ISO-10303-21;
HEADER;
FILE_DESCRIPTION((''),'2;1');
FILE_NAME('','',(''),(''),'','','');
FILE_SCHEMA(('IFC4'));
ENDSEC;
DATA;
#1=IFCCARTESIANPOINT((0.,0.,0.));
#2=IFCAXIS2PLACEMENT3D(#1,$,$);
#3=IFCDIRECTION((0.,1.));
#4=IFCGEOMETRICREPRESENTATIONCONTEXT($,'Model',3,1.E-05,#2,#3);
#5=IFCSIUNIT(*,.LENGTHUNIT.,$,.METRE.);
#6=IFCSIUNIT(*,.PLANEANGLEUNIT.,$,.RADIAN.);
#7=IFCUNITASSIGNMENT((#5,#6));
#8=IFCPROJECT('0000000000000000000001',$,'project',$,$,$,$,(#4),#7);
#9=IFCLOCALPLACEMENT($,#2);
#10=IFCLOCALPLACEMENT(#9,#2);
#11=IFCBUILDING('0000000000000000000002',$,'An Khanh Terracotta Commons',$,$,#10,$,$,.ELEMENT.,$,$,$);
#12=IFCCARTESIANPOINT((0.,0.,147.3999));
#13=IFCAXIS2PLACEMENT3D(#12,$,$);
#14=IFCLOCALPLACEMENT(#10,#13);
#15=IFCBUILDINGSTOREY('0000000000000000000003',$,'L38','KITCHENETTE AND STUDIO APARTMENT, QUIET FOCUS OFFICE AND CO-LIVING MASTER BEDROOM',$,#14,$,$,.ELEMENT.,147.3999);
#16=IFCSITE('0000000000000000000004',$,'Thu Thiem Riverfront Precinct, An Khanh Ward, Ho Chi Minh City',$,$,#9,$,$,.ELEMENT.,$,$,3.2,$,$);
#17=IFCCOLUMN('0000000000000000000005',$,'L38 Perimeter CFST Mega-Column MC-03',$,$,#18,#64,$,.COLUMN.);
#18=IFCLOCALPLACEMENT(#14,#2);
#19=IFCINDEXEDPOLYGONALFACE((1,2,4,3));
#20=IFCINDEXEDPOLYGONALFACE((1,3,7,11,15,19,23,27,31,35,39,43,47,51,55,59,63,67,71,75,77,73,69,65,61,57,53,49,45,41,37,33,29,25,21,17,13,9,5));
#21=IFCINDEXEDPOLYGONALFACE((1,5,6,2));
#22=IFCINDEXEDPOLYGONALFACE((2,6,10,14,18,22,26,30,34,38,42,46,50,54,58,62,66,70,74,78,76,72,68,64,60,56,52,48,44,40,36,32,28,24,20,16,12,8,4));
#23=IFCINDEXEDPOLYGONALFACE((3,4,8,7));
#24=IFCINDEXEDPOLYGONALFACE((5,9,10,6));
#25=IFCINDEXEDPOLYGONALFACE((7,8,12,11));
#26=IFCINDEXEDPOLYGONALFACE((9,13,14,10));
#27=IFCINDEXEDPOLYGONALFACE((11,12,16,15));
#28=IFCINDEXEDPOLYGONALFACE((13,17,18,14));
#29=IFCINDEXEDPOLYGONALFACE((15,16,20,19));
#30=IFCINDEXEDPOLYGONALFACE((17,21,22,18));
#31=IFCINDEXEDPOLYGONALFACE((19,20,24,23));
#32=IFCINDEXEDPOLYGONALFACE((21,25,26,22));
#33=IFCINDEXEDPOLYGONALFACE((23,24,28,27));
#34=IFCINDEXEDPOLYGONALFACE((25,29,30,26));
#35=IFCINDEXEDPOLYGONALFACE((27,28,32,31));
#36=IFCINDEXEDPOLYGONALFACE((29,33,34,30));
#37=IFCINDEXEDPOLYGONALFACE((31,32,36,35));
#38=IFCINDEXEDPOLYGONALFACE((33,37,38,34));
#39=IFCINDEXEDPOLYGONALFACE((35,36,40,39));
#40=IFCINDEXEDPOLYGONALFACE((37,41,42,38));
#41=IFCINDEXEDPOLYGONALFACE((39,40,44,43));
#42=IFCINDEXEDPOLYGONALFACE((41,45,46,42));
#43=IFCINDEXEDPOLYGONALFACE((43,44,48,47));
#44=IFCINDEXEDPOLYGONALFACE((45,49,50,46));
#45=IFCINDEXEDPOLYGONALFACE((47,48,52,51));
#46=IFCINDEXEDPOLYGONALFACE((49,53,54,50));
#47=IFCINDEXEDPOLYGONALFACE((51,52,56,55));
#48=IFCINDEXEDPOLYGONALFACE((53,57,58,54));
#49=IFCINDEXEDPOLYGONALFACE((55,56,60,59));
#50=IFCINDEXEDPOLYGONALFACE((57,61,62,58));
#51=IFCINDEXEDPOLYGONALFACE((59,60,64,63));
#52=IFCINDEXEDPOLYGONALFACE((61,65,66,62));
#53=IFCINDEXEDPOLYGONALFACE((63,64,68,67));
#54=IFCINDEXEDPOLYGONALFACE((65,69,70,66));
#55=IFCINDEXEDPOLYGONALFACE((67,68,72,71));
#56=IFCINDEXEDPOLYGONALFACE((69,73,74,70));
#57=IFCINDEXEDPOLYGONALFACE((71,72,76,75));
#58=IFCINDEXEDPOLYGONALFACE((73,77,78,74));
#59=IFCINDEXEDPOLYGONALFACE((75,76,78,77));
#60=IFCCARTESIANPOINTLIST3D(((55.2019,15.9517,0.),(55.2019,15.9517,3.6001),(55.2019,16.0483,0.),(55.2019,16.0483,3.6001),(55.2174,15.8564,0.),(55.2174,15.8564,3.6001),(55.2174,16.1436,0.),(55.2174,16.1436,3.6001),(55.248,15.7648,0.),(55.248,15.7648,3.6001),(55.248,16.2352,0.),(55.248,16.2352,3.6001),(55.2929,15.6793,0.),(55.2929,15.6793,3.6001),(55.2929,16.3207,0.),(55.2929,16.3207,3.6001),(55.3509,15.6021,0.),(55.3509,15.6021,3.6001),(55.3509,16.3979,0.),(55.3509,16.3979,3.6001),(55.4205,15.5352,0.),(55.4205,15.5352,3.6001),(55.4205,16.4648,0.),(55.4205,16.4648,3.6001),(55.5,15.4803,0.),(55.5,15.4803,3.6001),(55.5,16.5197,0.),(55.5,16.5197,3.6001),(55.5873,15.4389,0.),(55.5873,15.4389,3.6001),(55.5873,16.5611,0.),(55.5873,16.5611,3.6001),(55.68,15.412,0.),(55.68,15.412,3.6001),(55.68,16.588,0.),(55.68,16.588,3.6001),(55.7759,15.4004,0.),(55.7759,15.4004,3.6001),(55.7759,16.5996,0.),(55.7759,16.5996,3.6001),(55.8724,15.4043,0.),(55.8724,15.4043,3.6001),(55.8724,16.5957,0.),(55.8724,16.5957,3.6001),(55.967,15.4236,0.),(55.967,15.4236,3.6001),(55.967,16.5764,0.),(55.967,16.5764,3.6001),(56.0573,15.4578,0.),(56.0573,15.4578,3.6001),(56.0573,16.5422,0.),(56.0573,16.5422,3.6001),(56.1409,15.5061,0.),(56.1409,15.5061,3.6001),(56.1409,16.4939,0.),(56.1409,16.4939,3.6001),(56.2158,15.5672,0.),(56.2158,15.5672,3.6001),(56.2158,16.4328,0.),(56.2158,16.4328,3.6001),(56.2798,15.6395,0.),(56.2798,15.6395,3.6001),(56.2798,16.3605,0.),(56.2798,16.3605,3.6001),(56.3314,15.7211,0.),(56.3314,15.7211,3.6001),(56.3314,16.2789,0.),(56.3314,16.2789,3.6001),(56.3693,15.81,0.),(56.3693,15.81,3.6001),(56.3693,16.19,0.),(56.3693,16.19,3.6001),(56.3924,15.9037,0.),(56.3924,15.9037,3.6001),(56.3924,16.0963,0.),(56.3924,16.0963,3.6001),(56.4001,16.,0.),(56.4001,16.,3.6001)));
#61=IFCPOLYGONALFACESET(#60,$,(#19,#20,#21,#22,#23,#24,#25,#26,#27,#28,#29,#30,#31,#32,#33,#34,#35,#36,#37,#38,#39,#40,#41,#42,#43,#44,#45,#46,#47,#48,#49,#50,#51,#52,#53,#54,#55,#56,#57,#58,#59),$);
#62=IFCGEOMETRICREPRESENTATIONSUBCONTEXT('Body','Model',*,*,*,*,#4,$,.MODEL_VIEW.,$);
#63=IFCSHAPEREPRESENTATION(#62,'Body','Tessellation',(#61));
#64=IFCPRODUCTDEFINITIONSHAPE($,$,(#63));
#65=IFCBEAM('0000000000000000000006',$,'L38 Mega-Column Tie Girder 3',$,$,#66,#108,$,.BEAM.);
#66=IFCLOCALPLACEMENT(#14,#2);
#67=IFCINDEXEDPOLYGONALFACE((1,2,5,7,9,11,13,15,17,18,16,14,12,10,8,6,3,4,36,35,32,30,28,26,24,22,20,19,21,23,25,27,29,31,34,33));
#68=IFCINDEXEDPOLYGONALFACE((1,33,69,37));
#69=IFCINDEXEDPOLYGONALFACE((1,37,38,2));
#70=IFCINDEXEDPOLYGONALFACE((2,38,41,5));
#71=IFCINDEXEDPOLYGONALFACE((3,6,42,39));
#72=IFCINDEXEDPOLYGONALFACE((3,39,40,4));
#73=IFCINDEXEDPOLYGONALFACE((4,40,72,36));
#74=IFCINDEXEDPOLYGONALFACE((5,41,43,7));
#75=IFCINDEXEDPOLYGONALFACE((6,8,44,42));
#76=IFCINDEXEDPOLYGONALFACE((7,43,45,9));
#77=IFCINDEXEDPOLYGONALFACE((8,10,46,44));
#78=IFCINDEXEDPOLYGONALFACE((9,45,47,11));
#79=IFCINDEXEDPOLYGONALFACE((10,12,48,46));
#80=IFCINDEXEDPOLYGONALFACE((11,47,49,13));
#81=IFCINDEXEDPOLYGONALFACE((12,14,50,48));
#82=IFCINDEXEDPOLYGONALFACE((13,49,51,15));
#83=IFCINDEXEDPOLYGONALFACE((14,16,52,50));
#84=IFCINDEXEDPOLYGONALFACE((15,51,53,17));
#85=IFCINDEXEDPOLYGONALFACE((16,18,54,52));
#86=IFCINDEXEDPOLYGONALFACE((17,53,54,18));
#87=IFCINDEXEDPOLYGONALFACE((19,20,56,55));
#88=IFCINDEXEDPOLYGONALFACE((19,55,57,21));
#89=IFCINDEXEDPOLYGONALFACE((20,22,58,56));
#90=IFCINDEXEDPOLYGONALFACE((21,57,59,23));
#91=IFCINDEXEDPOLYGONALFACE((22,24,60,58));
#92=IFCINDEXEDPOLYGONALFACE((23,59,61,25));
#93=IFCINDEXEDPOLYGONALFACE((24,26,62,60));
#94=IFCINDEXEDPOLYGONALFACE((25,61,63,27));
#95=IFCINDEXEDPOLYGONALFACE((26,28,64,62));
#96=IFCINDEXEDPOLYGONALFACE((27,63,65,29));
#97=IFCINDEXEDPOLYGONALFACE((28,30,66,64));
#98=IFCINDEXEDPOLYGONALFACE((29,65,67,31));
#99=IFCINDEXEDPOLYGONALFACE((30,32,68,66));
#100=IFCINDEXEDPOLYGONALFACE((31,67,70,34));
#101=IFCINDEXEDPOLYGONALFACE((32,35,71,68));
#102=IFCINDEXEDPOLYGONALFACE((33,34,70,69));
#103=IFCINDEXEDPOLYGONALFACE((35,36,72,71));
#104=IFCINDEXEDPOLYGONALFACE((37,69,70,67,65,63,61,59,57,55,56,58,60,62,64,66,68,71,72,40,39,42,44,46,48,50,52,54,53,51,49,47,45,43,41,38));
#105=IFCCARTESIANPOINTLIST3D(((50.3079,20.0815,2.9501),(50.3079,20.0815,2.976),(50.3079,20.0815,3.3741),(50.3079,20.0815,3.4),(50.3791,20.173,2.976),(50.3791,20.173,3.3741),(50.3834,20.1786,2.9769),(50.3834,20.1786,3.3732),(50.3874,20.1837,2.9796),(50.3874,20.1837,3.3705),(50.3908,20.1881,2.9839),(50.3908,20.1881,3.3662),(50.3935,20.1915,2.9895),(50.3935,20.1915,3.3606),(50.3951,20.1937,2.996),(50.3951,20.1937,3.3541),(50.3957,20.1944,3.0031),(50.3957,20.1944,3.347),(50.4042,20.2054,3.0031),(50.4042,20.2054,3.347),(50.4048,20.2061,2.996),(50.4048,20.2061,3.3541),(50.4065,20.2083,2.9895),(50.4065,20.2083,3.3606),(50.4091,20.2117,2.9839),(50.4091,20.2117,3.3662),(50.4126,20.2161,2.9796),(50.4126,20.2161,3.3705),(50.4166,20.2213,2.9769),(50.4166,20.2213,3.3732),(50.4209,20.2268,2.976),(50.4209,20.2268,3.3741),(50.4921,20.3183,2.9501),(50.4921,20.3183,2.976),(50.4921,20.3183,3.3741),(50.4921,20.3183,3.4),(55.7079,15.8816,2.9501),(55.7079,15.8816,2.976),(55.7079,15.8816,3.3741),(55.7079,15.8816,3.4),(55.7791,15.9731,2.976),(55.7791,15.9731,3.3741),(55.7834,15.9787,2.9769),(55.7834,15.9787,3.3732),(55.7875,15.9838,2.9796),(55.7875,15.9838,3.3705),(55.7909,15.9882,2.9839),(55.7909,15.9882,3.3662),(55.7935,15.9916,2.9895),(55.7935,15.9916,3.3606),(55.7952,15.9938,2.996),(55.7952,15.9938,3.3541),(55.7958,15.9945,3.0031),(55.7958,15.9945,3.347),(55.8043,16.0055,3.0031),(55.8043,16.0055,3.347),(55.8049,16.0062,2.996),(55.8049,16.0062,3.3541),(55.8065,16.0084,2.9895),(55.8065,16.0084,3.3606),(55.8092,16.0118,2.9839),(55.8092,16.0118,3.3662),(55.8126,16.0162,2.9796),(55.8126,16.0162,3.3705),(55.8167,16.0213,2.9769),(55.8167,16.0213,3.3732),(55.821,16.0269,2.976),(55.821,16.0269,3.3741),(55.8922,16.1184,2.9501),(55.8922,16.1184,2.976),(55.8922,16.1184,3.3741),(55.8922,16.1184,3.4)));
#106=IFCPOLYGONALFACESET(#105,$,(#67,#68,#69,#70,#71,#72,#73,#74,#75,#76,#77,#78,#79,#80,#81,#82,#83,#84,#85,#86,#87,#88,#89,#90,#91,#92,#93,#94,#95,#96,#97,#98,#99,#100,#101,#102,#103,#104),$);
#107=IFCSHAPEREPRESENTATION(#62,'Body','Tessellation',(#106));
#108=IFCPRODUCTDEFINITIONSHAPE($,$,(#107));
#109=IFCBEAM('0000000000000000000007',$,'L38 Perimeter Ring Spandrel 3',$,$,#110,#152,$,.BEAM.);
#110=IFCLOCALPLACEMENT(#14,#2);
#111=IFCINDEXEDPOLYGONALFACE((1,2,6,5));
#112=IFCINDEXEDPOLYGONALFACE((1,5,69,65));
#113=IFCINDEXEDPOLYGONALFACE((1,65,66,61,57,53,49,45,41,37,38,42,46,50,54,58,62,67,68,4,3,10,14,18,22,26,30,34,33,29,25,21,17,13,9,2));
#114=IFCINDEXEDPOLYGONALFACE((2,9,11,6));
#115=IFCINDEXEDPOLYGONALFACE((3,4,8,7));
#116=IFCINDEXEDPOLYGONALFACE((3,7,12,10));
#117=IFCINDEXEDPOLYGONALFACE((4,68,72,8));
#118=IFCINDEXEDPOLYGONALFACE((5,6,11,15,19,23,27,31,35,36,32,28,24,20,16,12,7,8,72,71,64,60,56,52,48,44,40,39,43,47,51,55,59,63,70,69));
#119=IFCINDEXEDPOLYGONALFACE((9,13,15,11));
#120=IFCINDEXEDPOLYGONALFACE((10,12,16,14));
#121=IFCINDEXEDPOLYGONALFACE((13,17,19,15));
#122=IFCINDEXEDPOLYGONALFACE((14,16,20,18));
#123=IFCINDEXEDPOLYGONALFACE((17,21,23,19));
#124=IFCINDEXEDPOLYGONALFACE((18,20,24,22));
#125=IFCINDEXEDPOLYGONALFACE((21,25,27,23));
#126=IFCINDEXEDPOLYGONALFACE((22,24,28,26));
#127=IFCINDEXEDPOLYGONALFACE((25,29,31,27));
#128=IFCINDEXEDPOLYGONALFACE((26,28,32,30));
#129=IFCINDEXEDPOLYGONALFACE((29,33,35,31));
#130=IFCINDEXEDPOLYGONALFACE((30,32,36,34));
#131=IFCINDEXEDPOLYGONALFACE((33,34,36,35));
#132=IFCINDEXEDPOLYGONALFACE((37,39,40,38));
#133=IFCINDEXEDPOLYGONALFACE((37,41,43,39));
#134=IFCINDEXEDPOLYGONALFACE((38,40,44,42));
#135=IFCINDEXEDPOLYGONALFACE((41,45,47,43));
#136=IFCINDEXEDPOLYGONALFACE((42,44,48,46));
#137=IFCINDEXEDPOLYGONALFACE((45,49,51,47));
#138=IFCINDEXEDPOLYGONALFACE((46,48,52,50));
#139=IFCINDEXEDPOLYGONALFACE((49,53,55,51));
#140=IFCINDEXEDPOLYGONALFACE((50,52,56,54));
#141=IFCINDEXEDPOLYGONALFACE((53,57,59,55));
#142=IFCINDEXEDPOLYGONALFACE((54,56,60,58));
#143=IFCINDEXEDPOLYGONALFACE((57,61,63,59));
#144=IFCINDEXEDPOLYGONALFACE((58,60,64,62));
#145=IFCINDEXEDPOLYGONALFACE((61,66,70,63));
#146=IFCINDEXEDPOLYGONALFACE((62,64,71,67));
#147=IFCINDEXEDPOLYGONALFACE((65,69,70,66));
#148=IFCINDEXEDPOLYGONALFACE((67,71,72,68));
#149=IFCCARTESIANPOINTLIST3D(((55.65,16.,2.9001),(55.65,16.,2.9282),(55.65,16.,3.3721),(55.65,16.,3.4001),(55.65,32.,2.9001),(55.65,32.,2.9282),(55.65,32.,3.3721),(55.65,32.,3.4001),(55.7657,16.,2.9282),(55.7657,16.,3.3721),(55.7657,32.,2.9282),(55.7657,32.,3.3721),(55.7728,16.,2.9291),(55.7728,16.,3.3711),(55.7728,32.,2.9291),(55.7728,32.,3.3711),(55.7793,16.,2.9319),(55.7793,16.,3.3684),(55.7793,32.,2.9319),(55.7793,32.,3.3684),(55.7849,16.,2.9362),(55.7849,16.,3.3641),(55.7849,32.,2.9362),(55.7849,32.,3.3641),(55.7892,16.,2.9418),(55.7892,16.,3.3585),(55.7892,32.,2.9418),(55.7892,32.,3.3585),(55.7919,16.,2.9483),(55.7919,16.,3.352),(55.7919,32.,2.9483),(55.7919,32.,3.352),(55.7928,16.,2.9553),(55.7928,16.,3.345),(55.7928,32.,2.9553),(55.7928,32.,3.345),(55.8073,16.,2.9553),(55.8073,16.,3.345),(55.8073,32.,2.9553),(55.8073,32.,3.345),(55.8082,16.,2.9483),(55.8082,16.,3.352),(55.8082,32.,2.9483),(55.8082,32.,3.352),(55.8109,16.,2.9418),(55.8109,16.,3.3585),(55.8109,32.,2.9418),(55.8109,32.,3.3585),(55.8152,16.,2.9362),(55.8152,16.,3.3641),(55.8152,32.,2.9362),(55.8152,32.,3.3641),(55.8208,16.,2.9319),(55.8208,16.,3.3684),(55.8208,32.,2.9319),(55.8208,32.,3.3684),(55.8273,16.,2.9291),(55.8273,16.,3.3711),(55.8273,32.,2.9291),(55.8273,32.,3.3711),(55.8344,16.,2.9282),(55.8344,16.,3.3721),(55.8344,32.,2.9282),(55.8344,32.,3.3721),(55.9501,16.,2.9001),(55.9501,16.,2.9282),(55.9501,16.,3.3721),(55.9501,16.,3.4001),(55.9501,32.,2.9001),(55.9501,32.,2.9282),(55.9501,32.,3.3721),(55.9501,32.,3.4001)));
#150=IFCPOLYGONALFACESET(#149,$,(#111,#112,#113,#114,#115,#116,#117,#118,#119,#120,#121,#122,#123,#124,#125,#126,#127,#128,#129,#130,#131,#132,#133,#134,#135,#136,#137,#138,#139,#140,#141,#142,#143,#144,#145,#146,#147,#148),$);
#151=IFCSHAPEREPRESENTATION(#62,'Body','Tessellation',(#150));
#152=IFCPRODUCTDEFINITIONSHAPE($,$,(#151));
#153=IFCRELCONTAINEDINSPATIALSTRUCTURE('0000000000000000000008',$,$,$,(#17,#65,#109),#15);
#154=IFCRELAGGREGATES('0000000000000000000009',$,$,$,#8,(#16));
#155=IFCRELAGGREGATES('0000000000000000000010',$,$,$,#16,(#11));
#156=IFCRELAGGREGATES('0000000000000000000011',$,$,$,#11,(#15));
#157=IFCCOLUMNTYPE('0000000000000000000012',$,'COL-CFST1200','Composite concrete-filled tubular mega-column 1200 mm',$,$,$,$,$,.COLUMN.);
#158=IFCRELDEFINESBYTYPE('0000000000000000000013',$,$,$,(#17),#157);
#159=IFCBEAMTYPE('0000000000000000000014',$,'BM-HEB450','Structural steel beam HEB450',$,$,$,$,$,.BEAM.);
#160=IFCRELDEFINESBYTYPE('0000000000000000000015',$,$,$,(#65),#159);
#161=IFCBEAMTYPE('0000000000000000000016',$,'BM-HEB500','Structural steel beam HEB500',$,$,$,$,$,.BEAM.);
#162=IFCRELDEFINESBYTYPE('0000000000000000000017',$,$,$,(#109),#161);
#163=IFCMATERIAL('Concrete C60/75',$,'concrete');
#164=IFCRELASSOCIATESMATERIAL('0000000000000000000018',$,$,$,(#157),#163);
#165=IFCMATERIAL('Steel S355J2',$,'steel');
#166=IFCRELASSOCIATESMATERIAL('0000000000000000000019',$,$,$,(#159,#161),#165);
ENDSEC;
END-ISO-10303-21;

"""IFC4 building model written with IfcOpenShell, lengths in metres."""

from ifc_helpers import new_model, si_unit, direction, frame, origin, origin_2d, place, context, subcontext, project, spatial, circle, i_section, extrude, material, material_profile, profile_set, type_object, element, save


model = new_model("IFC4")

# Units and contexts
model_context = context("Model", 3, precision=1e-05, world=origin(), true_north=direction((0.0, 1.0)))
body_context = subcontext(model_context, "Body", "Model", "MODEL_VIEW")
ifc_project = project(units=[si_unit("LENGTHUNIT", "METRE"), si_unit("PLANEANGLEUNIT", "RADIAN")], contexts=[model_context])

# Site, building, storey
site_placement = place(None, origin())
site = spatial("IfcSite", under=ifc_project, at=site_placement, Name="Thu Thiem Riverfront Precinct, An Khanh Ward, Ho Chi Minh City", CompositionType="ELEMENT", RefElevation=3.2)
building_placement = place(site_placement, origin())
building = spatial("IfcBuilding", under=site, at=building_placement, Name="An Khanh Terracotta Commons", CompositionType="ELEMENT")
storey_placement = place(building_placement, frame((0.0, 0.0, 147.3999)))
storey = spatial("IfcBuildingStorey", under=building, at=storey_placement, Name="L38", Description="KITCHENETTE AND STUDIO APARTMENT, QUIET FOCUS OFFICE AND CO-LIVING MASTER BEDROOM", CompositionType="ELEMENT", Elevation=147.3999)

# Column
ifc_material_1 = material(Name="Concrete C60/75", Category="concrete")
ifc_material_profile_1 = material_profile(ifc_material_1, circle(Radius=0.6001, at=origin_2d()), Name="CFST1200")
ifc_profile_set_1 = profile_set([ifc_material_profile_1], Name="Concrete C60/75")
column_type = type_object("IfcColumnType", Name="COL-CFST1200", Description="Composite concrete-filled tubular mega-column 1200 mm", PredefinedType="COLUMN", material=ifc_profile_set_1)
column_placement = place(storey_placement, frame((55.8, 16.0, 0.0), z_axis=(0.0, 0.0, 1.0), x_axis=(1.0, 0.0, 0.0)))
element("IfcColumn", 1, at=column_placement, inside=storey, type_object=column_type, Name="L38 Perimeter CFST Mega-Column MC-03", PredefinedType="COLUMN", context=body_context, shape_type="SweptSolid", body=[
    extrude(circle(Radius=0.6001, at=origin_2d()), origin(), (0.0, 0.0, 1.0), 3.6001),
])

# Beams
ifc_material_2 = material(Name="Steel S355J2", Category="steel")
ifc_material_profile_2 = material_profile(ifc_material_2, i_section(OverallWidth=0.3, OverallDepth=0.45, WebThickness=0.0139, FlangeThickness=0.0259, FilletRadius=0.0271, at=origin_2d()), Name="HEB450")
ifc_profile_set_2 = profile_set([ifc_material_profile_2], Name="Steel S355J2")
beam_type_1 = type_object("IfcBeamType", Name="BM-HEB450", Description="Structural steel beam HEB450", PredefinedType="BEAM", material=ifc_profile_set_2)
beam_1_placement = place(storey_placement, frame((55.8, 16.0, 3.175), z_axis=(-0.789364, 0.613926, 0.0), x_axis=(-0.613926, -0.789364, 0.0)))
element("IfcBeam", 2, at=beam_1_placement, inside=storey, type_object=beam_type_1, Name="L38 Mega-Column Tie Girder 3", PredefinedType="BEAM", context=body_context, shape_type="SweptSolid", body=[
    extrude(i_section(OverallWidth=0.3, OverallDepth=0.45, WebThickness=0.0139, FlangeThickness=0.0259, FilletRadius=0.0271, at=origin_2d()), origin(), (0.0, 0.0, 1.0), 6.8411),
])
ifc_material_profile_3 = material_profile(ifc_material_2, i_section(OverallWidth=0.3, OverallDepth=0.5, WebThickness=0.0144, FlangeThickness=0.0281, FilletRadius=0.0271, at=origin_2d()), Name="HEB500")
ifc_profile_set_3 = profile_set([ifc_material_profile_3], Name="Steel S355J2")
beam_type_2 = type_object("IfcBeamType", Name="BM-HEB500", Description="Structural steel beam HEB500", PredefinedType="BEAM", material=ifc_profile_set_3)
beam_2_placement = place(storey_placement, frame((55.8, 16.0, 3.1501), z_axis=(0.0, 1.0, 0.0), x_axis=(-1.0, 0.0, 0.0)))
element("IfcBeam", 3, at=beam_2_placement, inside=storey, type_object=beam_type_2, Name="L38 Perimeter Ring Spandrel 3", PredefinedType="BEAM", context=body_context, shape_type="SweptSolid", body=[
    extrude(i_section(OverallWidth=0.3, OverallDepth=0.5, WebThickness=0.0144, FlangeThickness=0.0281, FilletRadius=0.0271, at=origin_2d()), origin(), (0.0, 0.0, 1.0), 16.0),
])

save(model, "model.ifc")
